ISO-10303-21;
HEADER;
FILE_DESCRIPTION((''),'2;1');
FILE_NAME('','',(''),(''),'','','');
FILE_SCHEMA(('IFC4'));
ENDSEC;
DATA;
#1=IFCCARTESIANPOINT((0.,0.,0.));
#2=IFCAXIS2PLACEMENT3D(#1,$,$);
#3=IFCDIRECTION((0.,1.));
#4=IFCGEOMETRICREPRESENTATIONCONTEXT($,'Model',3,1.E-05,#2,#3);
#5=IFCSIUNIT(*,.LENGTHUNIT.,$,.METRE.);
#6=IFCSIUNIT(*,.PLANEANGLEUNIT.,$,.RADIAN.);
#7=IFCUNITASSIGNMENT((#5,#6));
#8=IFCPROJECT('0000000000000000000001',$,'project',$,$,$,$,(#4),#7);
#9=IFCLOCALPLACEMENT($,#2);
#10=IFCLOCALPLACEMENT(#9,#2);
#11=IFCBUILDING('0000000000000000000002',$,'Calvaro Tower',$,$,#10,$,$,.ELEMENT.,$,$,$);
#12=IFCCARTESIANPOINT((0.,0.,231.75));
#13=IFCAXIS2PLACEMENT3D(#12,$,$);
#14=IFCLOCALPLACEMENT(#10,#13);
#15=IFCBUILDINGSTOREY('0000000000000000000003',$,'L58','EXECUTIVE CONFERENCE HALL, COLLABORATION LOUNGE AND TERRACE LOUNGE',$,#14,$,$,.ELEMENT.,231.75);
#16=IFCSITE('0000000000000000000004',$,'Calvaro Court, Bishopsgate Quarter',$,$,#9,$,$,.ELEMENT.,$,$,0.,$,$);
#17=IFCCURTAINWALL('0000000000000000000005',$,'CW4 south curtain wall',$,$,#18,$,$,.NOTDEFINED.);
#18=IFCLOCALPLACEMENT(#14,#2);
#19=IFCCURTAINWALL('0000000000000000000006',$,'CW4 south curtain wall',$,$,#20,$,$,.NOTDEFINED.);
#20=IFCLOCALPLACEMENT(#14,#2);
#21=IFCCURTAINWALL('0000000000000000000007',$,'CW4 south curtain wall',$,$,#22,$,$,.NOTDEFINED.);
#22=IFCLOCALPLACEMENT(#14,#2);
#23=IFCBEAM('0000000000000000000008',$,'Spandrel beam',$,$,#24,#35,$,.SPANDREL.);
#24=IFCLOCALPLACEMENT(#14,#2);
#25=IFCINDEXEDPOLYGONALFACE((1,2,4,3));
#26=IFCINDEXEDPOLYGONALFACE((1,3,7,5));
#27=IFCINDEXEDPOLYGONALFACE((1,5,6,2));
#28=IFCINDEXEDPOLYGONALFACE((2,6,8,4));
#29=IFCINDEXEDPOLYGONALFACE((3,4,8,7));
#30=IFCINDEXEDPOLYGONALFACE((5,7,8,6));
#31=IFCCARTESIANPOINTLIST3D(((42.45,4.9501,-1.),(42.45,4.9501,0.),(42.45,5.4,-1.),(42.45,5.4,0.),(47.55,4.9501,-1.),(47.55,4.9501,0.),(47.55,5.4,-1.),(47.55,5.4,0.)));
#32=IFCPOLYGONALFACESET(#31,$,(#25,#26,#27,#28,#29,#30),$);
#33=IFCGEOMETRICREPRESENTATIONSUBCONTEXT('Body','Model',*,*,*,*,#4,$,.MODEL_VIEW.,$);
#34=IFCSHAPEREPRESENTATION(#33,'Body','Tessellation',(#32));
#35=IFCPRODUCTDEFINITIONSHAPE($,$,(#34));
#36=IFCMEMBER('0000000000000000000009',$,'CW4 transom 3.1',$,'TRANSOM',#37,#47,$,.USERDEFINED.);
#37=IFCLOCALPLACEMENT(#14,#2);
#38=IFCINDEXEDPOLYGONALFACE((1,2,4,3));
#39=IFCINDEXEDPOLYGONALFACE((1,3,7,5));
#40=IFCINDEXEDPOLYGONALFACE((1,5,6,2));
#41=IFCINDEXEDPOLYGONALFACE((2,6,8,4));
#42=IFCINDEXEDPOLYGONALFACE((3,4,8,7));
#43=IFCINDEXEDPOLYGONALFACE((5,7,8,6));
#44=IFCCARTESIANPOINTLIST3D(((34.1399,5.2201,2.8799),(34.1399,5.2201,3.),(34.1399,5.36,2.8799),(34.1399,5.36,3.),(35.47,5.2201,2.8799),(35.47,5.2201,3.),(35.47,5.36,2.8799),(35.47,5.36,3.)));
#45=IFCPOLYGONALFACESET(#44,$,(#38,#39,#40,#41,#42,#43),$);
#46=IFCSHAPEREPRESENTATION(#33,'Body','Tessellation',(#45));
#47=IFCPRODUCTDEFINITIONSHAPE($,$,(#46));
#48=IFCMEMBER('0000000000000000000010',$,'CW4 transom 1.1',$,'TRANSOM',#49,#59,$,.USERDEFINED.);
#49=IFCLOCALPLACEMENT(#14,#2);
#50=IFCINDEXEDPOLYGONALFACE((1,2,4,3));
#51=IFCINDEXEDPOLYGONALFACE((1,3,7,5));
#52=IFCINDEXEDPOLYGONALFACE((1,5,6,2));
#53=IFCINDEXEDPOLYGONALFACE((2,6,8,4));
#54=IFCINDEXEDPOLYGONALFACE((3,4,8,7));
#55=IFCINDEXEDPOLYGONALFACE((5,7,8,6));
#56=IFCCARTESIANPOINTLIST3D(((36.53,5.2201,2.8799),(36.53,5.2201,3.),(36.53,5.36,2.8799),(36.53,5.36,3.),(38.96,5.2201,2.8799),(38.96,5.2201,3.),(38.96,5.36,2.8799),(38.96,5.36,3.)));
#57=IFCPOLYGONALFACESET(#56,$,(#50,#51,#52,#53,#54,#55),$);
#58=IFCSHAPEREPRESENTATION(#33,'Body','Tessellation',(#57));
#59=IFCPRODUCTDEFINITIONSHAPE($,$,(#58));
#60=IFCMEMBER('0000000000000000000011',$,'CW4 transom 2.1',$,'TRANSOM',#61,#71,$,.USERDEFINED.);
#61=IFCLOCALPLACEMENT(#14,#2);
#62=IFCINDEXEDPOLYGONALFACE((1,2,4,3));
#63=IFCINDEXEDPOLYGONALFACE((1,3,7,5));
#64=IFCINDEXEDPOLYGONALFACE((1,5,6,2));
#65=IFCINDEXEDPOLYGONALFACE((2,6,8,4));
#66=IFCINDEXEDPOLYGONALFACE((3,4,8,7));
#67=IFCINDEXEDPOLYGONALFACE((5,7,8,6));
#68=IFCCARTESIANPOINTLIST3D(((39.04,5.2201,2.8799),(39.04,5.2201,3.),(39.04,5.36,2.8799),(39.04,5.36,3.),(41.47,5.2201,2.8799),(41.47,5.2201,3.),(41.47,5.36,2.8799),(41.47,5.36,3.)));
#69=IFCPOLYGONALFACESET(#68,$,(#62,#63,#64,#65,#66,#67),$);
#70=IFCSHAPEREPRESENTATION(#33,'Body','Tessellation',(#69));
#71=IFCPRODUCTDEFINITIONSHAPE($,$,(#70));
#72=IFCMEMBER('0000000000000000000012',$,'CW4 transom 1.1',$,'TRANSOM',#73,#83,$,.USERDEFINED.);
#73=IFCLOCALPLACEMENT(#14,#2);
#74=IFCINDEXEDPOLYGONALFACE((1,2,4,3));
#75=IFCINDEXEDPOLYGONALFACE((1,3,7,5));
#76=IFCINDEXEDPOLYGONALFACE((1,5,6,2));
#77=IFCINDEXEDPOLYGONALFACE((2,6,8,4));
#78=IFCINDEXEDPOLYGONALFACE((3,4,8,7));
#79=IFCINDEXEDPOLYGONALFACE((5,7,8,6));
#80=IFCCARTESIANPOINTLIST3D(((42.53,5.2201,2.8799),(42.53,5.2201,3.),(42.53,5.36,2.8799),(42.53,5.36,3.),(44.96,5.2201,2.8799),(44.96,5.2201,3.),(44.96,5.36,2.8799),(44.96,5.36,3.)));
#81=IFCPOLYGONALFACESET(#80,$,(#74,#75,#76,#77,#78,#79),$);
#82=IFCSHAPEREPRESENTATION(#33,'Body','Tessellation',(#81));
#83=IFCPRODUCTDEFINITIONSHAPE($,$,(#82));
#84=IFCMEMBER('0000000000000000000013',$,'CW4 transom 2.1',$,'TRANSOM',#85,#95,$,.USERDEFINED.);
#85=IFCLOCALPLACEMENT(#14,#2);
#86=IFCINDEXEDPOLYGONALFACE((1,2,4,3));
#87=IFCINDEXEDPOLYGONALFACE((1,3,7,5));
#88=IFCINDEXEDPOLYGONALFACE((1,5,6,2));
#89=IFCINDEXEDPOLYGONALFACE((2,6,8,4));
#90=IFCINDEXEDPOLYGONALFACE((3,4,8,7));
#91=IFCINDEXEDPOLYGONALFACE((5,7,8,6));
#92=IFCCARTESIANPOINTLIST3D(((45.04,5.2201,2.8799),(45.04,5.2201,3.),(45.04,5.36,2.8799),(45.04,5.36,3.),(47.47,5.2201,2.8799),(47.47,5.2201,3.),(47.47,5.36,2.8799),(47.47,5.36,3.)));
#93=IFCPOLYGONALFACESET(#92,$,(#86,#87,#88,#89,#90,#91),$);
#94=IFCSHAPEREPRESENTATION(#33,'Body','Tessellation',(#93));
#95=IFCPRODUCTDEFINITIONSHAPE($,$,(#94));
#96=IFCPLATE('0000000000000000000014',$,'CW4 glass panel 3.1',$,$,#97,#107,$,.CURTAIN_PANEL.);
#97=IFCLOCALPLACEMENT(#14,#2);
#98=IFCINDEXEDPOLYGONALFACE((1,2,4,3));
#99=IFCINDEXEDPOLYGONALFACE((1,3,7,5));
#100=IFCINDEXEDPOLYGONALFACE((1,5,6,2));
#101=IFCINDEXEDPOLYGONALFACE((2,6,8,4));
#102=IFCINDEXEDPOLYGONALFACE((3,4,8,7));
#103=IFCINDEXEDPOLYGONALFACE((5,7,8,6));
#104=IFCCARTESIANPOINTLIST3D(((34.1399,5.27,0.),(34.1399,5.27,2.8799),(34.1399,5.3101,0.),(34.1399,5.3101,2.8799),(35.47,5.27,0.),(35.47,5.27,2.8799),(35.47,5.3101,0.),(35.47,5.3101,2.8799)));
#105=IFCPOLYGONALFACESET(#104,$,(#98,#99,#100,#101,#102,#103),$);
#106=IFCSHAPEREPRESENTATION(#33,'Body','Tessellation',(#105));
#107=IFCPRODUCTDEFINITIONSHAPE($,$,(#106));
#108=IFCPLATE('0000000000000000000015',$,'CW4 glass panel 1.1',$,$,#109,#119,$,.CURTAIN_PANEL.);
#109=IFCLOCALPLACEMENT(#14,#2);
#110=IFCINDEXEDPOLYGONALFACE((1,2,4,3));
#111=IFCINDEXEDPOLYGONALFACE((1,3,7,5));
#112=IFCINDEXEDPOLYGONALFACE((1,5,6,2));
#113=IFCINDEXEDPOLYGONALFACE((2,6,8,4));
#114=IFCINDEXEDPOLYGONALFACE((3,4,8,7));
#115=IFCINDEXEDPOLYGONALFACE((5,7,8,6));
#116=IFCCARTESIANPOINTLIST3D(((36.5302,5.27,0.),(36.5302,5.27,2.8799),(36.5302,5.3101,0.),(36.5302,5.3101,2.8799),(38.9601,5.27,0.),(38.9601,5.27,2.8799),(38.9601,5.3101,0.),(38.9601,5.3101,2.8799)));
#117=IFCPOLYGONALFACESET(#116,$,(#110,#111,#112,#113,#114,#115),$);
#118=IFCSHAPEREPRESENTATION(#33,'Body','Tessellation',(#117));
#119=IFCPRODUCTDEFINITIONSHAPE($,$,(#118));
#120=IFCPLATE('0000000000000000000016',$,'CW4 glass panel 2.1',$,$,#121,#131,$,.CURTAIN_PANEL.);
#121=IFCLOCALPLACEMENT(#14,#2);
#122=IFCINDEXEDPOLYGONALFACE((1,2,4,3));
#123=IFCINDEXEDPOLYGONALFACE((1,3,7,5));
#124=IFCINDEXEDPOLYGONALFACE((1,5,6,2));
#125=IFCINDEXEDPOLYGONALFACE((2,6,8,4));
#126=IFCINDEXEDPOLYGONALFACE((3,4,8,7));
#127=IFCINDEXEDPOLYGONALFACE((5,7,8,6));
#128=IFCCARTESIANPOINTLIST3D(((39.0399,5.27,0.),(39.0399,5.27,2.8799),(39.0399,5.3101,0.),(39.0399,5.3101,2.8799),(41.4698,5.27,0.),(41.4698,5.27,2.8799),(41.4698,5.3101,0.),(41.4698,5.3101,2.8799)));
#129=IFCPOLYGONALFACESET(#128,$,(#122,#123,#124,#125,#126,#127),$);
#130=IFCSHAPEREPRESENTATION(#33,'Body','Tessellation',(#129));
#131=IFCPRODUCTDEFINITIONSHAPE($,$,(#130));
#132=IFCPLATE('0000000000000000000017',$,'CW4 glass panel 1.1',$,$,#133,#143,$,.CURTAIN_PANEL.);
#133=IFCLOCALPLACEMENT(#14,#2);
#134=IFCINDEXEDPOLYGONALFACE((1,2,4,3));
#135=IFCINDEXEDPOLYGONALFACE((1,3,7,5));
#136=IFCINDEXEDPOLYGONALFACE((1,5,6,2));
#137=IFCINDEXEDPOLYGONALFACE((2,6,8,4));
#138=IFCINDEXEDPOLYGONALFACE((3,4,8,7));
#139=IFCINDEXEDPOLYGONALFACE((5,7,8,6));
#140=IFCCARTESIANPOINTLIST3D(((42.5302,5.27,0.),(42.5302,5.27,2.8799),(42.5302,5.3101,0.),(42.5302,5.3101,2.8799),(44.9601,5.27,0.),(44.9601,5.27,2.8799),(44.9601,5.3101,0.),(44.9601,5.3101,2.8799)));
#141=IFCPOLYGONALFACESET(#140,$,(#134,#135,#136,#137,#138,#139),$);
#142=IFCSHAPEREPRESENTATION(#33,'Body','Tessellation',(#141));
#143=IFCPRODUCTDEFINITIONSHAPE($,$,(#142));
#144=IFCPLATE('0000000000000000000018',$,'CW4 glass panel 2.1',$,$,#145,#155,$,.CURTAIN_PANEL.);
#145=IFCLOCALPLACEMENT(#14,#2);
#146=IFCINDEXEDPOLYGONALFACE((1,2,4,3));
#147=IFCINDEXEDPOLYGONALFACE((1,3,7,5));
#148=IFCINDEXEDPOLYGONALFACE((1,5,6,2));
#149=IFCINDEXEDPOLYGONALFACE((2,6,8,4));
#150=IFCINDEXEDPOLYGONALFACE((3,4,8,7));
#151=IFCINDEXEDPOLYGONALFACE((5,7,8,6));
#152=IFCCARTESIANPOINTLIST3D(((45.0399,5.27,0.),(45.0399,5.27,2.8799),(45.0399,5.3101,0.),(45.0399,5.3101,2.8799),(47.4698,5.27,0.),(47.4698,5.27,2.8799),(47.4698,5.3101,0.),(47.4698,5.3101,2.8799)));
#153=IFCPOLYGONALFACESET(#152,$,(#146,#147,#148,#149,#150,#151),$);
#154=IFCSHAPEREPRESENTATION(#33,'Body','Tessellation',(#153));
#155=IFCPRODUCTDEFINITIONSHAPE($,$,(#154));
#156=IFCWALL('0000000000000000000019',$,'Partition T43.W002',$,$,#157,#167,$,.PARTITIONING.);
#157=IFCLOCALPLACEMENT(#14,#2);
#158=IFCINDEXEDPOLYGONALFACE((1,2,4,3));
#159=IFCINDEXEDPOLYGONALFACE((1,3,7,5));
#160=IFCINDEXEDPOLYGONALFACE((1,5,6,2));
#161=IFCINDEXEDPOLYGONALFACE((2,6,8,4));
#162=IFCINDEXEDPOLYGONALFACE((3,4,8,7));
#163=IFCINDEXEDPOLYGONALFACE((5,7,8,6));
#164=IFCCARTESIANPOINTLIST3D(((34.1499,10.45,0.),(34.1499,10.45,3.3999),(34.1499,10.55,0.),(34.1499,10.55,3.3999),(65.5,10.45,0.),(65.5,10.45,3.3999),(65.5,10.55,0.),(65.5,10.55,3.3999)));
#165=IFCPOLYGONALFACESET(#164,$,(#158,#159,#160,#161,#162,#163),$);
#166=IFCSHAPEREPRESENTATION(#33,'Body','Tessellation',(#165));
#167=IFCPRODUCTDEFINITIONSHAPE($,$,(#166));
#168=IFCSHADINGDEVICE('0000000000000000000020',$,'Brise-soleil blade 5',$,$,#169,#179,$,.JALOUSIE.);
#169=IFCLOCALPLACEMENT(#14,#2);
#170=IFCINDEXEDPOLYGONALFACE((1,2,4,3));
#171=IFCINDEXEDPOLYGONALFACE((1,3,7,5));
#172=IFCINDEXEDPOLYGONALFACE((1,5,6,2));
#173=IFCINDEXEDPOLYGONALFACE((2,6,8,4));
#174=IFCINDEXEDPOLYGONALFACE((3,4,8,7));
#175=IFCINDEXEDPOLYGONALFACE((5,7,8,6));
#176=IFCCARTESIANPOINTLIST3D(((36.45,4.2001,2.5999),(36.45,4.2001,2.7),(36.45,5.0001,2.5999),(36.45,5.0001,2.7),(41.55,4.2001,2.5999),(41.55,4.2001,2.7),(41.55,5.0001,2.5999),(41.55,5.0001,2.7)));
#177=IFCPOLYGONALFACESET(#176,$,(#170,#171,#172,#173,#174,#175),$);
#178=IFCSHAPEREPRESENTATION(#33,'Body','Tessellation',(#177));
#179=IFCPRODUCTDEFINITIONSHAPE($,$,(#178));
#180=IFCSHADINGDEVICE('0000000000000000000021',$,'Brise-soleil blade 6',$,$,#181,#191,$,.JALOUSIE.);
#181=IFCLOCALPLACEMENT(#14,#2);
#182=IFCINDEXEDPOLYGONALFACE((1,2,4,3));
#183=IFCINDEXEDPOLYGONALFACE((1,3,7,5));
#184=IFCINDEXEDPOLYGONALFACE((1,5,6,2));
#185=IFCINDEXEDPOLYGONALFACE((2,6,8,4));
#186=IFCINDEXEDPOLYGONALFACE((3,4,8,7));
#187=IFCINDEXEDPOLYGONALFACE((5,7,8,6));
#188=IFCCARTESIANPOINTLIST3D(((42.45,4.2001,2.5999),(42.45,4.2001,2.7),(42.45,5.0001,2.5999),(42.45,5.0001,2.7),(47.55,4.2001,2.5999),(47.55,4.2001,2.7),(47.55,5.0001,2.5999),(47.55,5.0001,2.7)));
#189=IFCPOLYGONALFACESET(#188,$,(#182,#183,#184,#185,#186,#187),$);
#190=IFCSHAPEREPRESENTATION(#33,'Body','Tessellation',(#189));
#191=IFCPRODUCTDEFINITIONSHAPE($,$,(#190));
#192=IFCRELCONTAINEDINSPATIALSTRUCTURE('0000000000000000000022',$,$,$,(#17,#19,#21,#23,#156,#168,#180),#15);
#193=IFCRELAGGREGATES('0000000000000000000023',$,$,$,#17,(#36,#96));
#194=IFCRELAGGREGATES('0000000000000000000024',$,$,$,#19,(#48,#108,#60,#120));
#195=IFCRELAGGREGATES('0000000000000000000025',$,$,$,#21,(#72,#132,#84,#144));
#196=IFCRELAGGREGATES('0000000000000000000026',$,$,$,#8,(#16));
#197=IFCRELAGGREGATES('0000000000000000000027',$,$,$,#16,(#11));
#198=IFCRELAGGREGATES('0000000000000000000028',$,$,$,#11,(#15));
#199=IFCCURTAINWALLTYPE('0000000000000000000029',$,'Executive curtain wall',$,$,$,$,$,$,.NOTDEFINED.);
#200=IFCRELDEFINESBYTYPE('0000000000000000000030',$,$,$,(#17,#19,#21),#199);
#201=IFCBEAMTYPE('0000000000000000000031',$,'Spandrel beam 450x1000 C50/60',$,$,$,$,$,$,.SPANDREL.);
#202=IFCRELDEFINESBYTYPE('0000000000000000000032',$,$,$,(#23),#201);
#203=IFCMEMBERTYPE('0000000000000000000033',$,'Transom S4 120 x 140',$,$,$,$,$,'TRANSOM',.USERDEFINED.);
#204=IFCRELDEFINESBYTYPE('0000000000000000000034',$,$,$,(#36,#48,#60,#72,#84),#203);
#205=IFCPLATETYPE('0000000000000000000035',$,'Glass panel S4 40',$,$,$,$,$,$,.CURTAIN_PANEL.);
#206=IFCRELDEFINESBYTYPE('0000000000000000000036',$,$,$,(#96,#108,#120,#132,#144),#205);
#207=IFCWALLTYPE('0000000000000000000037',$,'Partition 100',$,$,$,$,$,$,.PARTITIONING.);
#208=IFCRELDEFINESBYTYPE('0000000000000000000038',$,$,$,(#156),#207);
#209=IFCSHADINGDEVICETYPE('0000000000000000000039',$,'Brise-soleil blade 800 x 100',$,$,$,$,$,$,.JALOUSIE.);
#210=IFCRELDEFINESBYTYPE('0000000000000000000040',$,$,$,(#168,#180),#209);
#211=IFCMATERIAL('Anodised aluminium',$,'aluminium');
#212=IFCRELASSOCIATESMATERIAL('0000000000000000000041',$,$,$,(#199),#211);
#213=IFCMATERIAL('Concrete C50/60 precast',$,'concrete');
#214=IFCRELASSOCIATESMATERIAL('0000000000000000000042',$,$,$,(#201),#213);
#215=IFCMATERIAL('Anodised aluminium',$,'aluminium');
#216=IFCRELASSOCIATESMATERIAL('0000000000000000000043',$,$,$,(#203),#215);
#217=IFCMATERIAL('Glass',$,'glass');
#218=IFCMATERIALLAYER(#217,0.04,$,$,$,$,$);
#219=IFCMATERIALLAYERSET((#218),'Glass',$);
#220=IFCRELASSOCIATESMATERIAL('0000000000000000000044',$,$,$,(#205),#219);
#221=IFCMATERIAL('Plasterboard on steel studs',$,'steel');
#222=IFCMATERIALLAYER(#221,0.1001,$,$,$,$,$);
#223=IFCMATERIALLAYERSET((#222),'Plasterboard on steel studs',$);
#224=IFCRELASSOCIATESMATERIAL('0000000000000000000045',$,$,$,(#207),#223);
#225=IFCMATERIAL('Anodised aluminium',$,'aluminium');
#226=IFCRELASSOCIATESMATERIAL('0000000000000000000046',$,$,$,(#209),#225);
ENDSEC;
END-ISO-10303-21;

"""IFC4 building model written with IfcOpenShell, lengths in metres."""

from ifc_helpers import new_model, si_unit, direction, frame, frame_2d, origin, origin_2d, place, context, subcontext, project, spatial, rectangle, extrude, material, layer, layer_set, material_profile, profile_set, type_object, element, aggregate, save


model = new_model("IFC4")

# Units and contexts
model_context = context("Model", 3, precision=1e-05, world=origin(), true_north=direction((0.0, 1.0)))
body_context = subcontext(model_context, "Body", "Model", "MODEL_VIEW")
ifc_project = project(units=[si_unit("LENGTHUNIT", "METRE"), si_unit("PLANEANGLEUNIT", "RADIAN")], contexts=[model_context])

# Site, building, storey
site_placement = place(None, origin())
site = spatial("IfcSite", under=ifc_project, at=site_placement, Name="Calvaro Court, Bishopsgate Quarter", CompositionType="ELEMENT", RefElevation=0.0)
building_placement = place(site_placement, origin())
building = spatial("IfcBuilding", under=site, at=building_placement, Name="Calvaro Tower", CompositionType="ELEMENT")
storey_placement = place(building_placement, frame((0.0, 0.0, 231.75)))
storey = spatial("IfcBuildingStorey", under=building, at=storey_placement, Name="L58", Description="EXECUTIVE CONFERENCE HALL, COLLABORATION LOUNGE AND TERRACE LOUNGE", CompositionType="ELEMENT", Elevation=231.75)

# Curtain wall
ifc_material_1 = material(Name="Anodised aluminium", Category="aluminium")
curtain_wall_type = type_object("IfcCurtainWallType", Name="Executive curtain wall", PredefinedType="NOTDEFINED", material=ifc_material_1)
curtain_wall_1_placement = place(storey_placement, origin())
curtain_wall_1 = element("IfcCurtainWall", 1, at=curtain_wall_1_placement, inside=storey, type_object=curtain_wall_type, Name="CW4 south curtain wall", PredefinedType="NOTDEFINED")

# Curtain walls
curtain_wall_2_placement = place(storey_placement, origin())
curtain_wall_2 = element("IfcCurtainWall", 2, at=curtain_wall_2_placement, inside=storey, type_object=curtain_wall_type, Name="CW4 south curtain wall", PredefinedType="NOTDEFINED")
curtain_wall_3_placement = place(storey_placement, origin())
curtain_wall_3 = element("IfcCurtainWall", 3, at=curtain_wall_3_placement, inside=storey, type_object=curtain_wall_type, Name="CW4 south curtain wall", PredefinedType="NOTDEFINED")

# Beam
ifc_material_2 = material(Name="Concrete C50/60 precast", Category="concrete")
ifc_material_profile_1 = material_profile(ifc_material_2, rectangle(XDim=0.45, YDim=1.0, at=origin_2d()), Name="RC 450x1000")
ifc_profile_set_1 = profile_set([ifc_material_profile_1], Name="Concrete C50/60 precast")
beam_type = type_object("IfcBeamType", Name="Spandrel beam 450x1000 C50/60", PredefinedType="SPANDREL", material=ifc_profile_set_1)
for number, where, z_axis, x_axis, name in (
    (4, (42.45, 5.175, -0.5), (1.0, 0.0, 0.0), (0.0, 1.0, 0.0), "Spandrel beam"),
):
    element("IfcBeam", number, at=place(storey_placement, frame(where, z_axis=z_axis, x_axis=x_axis)), inside=storey, type_object=beam_type, Name=name, PredefinedType="SPANDREL", context=body_context, shape_type="SweptSolid", body=[
        extrude(rectangle(XDim=0.45, YDim=1.0, at=origin_2d()), origin(), (0.0, 0.0, 1.0), 5.1001),
    ])

# Members
ifc_material_3 = material(Name="Anodised aluminium", Category="aluminium")
ifc_material_profile_2 = material_profile(ifc_material_3, rectangle(XDim=0.1399, YDim=0.1201, at=origin_2d()), Name="Transom S4 120 x 140")
ifc_profile_set_2 = profile_set([ifc_material_profile_2], Name="Anodised aluminium")
member_type_1 = type_object("IfcMemberType", Name="Transom S4 120 x 140", ElementType="TRANSOM", PredefinedType="USERDEFINED", material=ifc_profile_set_2)
member_1_placement = place(storey_placement, frame((34.1399, 5.29, 2.9399), z_axis=(1.0, 0.0, 0.0), x_axis=(0.0, 1.0, 0.0)))
member_1 = element("IfcMember", 5, at=member_1_placement, type_object=member_type_1, Name="CW4 transom 3.1", ObjectType="TRANSOM", PredefinedType="USERDEFINED", context=body_context, shape_type="SweptSolid", body=[
    extrude(rectangle(XDim=0.1399, YDim=0.1201, at=origin_2d()), origin(), (0.0, 0.0, 1.0), 1.3301),
])
member_2_placement = place(storey_placement, frame((36.53, 5.29, 2.9399), z_axis=(1.0, 0.0, 0.0), x_axis=(0.0, 1.0, 0.0)))
member_2 = element("IfcMember", 6, at=member_2_placement, type_object=member_type_1, Name="CW4 transom 1.1", ObjectType="TRANSOM", PredefinedType="USERDEFINED", context=body_context, shape_type="SweptSolid", body=[
    extrude(rectangle(XDim=0.1399, YDim=0.1201, at=origin_2d()), origin(), (0.0, 0.0, 1.0), 2.4299),
])
member_3_placement = place(storey_placement, frame((39.04, 5.29, 2.9399), z_axis=(1.0, 0.0, 0.0), x_axis=(0.0, 1.0, 0.0)))
member_3 = element("IfcMember", 7, at=member_3_placement, type_object=member_type_1, Name="CW4 transom 2.1", ObjectType="TRANSOM", PredefinedType="USERDEFINED", context=body_context, shape_type="SweptSolid", body=[
    extrude(rectangle(XDim=0.1399, YDim=0.1201, at=origin_2d()), origin(), (0.0, 0.0, 1.0), 2.4299),
])
member_4_placement = place(storey_placement, frame((42.53, 5.29, 2.9399), z_axis=(1.0, 0.0, 0.0), x_axis=(0.0, 1.0, 0.0)))
member_4 = element("IfcMember", 8, at=member_4_placement, type_object=member_type_1, Name="CW4 transom 1.1", ObjectType="TRANSOM", PredefinedType="USERDEFINED", context=body_context, shape_type="SweptSolid", body=[
    extrude(rectangle(XDim=0.1399, YDim=0.1201, at=origin_2d()), origin(), (0.0, 0.0, 1.0), 2.4299),
])
member_5_placement = place(storey_placement, frame((45.04, 5.29, 2.9399), z_axis=(1.0, 0.0, 0.0), x_axis=(0.0, 1.0, 0.0)))
member_5 = element("IfcMember", 9, at=member_5_placement, type_object=member_type_1, Name="CW4 transom 2.1", ObjectType="TRANSOM", PredefinedType="USERDEFINED", context=body_context, shape_type="SweptSolid", body=[
    extrude(rectangle(XDim=0.1399, YDim=0.1201, at=origin_2d()), origin(), (0.0, 0.0, 1.0), 2.4299),
])

# Plates
ifc_material_4 = material(Name="Glass", Category="glass")
ifc_layer_1 = layer(ifc_material_4, 0.04)
ifc_layer_set_1 = layer_set([ifc_layer_1], Name="Glass")
plate_type = type_object("IfcPlateType", Name="Glass panel S4 40", PredefinedType="CURTAIN_PANEL", material=ifc_layer_set_1)
plate_1_placement = place(storey_placement, frame((34.8049, 5.29, 0.0), z_axis=(0.0, 0.0, 1.0), x_axis=(1.0, 0.0, 0.0)))
plate_1 = element("IfcPlate", 10, at=plate_1_placement, type_object=plate_type, Name="CW4 glass panel 3.1", PredefinedType="CURTAIN_PANEL", context=body_context, shape_type="SweptSolid", body=[
    extrude(rectangle(XDim=1.3301, YDim=0.04, at=origin_2d()), origin(), (0.0, 0.0, 1.0), 2.8799),
])
aggregate(curtain_wall_1, [member_1, plate_1])
plate_2_placement = place(storey_placement, frame((37.7451, 5.29, 0.0), z_axis=(0.0, 0.0, 1.0), x_axis=(1.0, 0.0, 0.0)))
plate_2 = element("IfcPlate", 11, at=plate_2_placement, type_object=plate_type, Name="CW4 glass panel 1.1", PredefinedType="CURTAIN_PANEL", context=body_context, shape_type="SweptSolid", body=[
    extrude(rectangle(XDim=2.4299, YDim=0.04, at=origin_2d()), origin(), (0.0, 0.0, 1.0), 2.8799),
])
plate_3_placement = place(storey_placement, frame((40.2549, 5.29, 0.0), z_axis=(0.0, 0.0, 1.0), x_axis=(1.0, 0.0, 0.0)))
plate_3 = element("IfcPlate", 12, at=plate_3_placement, type_object=plate_type, Name="CW4 glass panel 2.1", PredefinedType="CURTAIN_PANEL", context=body_context, shape_type="SweptSolid", body=[
    extrude(rectangle(XDim=2.4299, YDim=0.04, at=origin_2d()), origin(), (0.0, 0.0, 1.0), 2.8799),
])
aggregate(curtain_wall_2, [member_2, plate_2, member_3, plate_3])
plate_4_placement = place(storey_placement, frame((43.7451, 5.29, 0.0), z_axis=(0.0, 0.0, 1.0), x_axis=(1.0, 0.0, 0.0)))
plate_4 = element("IfcPlate", 13, at=plate_4_placement, type_object=plate_type, Name="CW4 glass panel 1.1", PredefinedType="CURTAIN_PANEL", context=body_context, shape_type="SweptSolid", body=[
    extrude(rectangle(XDim=2.4299, YDim=0.04, at=origin_2d()), origin(), (0.0, 0.0, 1.0), 2.8799),
])
plate_5_placement = place(storey_placement, frame((46.2549, 5.29, 0.0), z_axis=(0.0, 0.0, 1.0), x_axis=(1.0, 0.0, 0.0)))
plate_5 = element("IfcPlate", 14, at=plate_5_placement, type_object=plate_type, Name="CW4 glass panel 2.1", PredefinedType="CURTAIN_PANEL", context=body_context, shape_type="SweptSolid", body=[
    extrude(rectangle(XDim=2.4299, YDim=0.04, at=origin_2d()), origin(), (0.0, 0.0, 1.0), 2.8799),
])
aggregate(curtain_wall_3, [member_4, plate_4, member_5, plate_5])

# Wall
ifc_material_5 = material(Name="Plasterboard on steel studs", Category="steel")
ifc_layer_2 = layer(ifc_material_5, 0.1001)
ifc_layer_set_2 = layer_set([ifc_layer_2], Name="Plasterboard on steel studs")
wall_type = type_object("IfcWallType", Name="Partition 100", PredefinedType="PARTITIONING", material=ifc_layer_set_2)
wall_placement = place(storey_placement, frame((34.1499, 10.5, 0.0), z_axis=(0.0, 0.0, 1.0), x_axis=(1.0, 0.0, 0.0)))
element("IfcWall", 15, at=wall_placement, inside=storey, type_object=wall_type, Name="Partition T43.W002", PredefinedType="PARTITIONING", context=body_context, shape_type="SweptSolid", body=[
    extrude(rectangle(XDim=31.3501, YDim=0.1001, at=frame_2d((15.675, 0.0))), origin(), (0.0, 0.0, 1.0), 3.3999),
])

# Shading devices
ifc_material_6 = material(Name="Anodised aluminium", Category="aluminium")
ifc_material_profile_3 = material_profile(ifc_material_6, rectangle(XDim=0.8, YDim=0.1001, at=origin_2d()), Name="Brise-soleil blade 800 x 100")
ifc_profile_set_3 = profile_set([ifc_material_profile_3], Name="Anodised aluminium")
shading_device_type_1 = type_object("IfcShadingDeviceType", Name="Brise-soleil blade 800 x 100", PredefinedType="JALOUSIE", material=ifc_profile_set_3)
for number, where, z_axis, x_axis, name in (
    (16, (36.45, 4.6001, 2.6499), (1.0, 0.0, 0.0), (0.0, 1.0, 0.0), "Brise-soleil blade 5"),
    (17, (42.45, 4.6001, 2.6499), (1.0, 0.0, 0.0), (0.0, 1.0, 0.0), "Brise-soleil blade 6"),
):
    element("IfcShadingDevice", number, at=place(storey_placement, frame(where, z_axis=z_axis, x_axis=x_axis)), inside=storey, type_object=shading_device_type_1, Name=name, PredefinedType="JALOUSIE", context=body_context, shape_type="SweptSolid", body=[
        extrude(rectangle(XDim=0.8, YDim=0.1001, at=origin_2d()), origin(), (0.0, 0.0, 1.0), 5.1001),
    ])

save(model, "model.ifc")
